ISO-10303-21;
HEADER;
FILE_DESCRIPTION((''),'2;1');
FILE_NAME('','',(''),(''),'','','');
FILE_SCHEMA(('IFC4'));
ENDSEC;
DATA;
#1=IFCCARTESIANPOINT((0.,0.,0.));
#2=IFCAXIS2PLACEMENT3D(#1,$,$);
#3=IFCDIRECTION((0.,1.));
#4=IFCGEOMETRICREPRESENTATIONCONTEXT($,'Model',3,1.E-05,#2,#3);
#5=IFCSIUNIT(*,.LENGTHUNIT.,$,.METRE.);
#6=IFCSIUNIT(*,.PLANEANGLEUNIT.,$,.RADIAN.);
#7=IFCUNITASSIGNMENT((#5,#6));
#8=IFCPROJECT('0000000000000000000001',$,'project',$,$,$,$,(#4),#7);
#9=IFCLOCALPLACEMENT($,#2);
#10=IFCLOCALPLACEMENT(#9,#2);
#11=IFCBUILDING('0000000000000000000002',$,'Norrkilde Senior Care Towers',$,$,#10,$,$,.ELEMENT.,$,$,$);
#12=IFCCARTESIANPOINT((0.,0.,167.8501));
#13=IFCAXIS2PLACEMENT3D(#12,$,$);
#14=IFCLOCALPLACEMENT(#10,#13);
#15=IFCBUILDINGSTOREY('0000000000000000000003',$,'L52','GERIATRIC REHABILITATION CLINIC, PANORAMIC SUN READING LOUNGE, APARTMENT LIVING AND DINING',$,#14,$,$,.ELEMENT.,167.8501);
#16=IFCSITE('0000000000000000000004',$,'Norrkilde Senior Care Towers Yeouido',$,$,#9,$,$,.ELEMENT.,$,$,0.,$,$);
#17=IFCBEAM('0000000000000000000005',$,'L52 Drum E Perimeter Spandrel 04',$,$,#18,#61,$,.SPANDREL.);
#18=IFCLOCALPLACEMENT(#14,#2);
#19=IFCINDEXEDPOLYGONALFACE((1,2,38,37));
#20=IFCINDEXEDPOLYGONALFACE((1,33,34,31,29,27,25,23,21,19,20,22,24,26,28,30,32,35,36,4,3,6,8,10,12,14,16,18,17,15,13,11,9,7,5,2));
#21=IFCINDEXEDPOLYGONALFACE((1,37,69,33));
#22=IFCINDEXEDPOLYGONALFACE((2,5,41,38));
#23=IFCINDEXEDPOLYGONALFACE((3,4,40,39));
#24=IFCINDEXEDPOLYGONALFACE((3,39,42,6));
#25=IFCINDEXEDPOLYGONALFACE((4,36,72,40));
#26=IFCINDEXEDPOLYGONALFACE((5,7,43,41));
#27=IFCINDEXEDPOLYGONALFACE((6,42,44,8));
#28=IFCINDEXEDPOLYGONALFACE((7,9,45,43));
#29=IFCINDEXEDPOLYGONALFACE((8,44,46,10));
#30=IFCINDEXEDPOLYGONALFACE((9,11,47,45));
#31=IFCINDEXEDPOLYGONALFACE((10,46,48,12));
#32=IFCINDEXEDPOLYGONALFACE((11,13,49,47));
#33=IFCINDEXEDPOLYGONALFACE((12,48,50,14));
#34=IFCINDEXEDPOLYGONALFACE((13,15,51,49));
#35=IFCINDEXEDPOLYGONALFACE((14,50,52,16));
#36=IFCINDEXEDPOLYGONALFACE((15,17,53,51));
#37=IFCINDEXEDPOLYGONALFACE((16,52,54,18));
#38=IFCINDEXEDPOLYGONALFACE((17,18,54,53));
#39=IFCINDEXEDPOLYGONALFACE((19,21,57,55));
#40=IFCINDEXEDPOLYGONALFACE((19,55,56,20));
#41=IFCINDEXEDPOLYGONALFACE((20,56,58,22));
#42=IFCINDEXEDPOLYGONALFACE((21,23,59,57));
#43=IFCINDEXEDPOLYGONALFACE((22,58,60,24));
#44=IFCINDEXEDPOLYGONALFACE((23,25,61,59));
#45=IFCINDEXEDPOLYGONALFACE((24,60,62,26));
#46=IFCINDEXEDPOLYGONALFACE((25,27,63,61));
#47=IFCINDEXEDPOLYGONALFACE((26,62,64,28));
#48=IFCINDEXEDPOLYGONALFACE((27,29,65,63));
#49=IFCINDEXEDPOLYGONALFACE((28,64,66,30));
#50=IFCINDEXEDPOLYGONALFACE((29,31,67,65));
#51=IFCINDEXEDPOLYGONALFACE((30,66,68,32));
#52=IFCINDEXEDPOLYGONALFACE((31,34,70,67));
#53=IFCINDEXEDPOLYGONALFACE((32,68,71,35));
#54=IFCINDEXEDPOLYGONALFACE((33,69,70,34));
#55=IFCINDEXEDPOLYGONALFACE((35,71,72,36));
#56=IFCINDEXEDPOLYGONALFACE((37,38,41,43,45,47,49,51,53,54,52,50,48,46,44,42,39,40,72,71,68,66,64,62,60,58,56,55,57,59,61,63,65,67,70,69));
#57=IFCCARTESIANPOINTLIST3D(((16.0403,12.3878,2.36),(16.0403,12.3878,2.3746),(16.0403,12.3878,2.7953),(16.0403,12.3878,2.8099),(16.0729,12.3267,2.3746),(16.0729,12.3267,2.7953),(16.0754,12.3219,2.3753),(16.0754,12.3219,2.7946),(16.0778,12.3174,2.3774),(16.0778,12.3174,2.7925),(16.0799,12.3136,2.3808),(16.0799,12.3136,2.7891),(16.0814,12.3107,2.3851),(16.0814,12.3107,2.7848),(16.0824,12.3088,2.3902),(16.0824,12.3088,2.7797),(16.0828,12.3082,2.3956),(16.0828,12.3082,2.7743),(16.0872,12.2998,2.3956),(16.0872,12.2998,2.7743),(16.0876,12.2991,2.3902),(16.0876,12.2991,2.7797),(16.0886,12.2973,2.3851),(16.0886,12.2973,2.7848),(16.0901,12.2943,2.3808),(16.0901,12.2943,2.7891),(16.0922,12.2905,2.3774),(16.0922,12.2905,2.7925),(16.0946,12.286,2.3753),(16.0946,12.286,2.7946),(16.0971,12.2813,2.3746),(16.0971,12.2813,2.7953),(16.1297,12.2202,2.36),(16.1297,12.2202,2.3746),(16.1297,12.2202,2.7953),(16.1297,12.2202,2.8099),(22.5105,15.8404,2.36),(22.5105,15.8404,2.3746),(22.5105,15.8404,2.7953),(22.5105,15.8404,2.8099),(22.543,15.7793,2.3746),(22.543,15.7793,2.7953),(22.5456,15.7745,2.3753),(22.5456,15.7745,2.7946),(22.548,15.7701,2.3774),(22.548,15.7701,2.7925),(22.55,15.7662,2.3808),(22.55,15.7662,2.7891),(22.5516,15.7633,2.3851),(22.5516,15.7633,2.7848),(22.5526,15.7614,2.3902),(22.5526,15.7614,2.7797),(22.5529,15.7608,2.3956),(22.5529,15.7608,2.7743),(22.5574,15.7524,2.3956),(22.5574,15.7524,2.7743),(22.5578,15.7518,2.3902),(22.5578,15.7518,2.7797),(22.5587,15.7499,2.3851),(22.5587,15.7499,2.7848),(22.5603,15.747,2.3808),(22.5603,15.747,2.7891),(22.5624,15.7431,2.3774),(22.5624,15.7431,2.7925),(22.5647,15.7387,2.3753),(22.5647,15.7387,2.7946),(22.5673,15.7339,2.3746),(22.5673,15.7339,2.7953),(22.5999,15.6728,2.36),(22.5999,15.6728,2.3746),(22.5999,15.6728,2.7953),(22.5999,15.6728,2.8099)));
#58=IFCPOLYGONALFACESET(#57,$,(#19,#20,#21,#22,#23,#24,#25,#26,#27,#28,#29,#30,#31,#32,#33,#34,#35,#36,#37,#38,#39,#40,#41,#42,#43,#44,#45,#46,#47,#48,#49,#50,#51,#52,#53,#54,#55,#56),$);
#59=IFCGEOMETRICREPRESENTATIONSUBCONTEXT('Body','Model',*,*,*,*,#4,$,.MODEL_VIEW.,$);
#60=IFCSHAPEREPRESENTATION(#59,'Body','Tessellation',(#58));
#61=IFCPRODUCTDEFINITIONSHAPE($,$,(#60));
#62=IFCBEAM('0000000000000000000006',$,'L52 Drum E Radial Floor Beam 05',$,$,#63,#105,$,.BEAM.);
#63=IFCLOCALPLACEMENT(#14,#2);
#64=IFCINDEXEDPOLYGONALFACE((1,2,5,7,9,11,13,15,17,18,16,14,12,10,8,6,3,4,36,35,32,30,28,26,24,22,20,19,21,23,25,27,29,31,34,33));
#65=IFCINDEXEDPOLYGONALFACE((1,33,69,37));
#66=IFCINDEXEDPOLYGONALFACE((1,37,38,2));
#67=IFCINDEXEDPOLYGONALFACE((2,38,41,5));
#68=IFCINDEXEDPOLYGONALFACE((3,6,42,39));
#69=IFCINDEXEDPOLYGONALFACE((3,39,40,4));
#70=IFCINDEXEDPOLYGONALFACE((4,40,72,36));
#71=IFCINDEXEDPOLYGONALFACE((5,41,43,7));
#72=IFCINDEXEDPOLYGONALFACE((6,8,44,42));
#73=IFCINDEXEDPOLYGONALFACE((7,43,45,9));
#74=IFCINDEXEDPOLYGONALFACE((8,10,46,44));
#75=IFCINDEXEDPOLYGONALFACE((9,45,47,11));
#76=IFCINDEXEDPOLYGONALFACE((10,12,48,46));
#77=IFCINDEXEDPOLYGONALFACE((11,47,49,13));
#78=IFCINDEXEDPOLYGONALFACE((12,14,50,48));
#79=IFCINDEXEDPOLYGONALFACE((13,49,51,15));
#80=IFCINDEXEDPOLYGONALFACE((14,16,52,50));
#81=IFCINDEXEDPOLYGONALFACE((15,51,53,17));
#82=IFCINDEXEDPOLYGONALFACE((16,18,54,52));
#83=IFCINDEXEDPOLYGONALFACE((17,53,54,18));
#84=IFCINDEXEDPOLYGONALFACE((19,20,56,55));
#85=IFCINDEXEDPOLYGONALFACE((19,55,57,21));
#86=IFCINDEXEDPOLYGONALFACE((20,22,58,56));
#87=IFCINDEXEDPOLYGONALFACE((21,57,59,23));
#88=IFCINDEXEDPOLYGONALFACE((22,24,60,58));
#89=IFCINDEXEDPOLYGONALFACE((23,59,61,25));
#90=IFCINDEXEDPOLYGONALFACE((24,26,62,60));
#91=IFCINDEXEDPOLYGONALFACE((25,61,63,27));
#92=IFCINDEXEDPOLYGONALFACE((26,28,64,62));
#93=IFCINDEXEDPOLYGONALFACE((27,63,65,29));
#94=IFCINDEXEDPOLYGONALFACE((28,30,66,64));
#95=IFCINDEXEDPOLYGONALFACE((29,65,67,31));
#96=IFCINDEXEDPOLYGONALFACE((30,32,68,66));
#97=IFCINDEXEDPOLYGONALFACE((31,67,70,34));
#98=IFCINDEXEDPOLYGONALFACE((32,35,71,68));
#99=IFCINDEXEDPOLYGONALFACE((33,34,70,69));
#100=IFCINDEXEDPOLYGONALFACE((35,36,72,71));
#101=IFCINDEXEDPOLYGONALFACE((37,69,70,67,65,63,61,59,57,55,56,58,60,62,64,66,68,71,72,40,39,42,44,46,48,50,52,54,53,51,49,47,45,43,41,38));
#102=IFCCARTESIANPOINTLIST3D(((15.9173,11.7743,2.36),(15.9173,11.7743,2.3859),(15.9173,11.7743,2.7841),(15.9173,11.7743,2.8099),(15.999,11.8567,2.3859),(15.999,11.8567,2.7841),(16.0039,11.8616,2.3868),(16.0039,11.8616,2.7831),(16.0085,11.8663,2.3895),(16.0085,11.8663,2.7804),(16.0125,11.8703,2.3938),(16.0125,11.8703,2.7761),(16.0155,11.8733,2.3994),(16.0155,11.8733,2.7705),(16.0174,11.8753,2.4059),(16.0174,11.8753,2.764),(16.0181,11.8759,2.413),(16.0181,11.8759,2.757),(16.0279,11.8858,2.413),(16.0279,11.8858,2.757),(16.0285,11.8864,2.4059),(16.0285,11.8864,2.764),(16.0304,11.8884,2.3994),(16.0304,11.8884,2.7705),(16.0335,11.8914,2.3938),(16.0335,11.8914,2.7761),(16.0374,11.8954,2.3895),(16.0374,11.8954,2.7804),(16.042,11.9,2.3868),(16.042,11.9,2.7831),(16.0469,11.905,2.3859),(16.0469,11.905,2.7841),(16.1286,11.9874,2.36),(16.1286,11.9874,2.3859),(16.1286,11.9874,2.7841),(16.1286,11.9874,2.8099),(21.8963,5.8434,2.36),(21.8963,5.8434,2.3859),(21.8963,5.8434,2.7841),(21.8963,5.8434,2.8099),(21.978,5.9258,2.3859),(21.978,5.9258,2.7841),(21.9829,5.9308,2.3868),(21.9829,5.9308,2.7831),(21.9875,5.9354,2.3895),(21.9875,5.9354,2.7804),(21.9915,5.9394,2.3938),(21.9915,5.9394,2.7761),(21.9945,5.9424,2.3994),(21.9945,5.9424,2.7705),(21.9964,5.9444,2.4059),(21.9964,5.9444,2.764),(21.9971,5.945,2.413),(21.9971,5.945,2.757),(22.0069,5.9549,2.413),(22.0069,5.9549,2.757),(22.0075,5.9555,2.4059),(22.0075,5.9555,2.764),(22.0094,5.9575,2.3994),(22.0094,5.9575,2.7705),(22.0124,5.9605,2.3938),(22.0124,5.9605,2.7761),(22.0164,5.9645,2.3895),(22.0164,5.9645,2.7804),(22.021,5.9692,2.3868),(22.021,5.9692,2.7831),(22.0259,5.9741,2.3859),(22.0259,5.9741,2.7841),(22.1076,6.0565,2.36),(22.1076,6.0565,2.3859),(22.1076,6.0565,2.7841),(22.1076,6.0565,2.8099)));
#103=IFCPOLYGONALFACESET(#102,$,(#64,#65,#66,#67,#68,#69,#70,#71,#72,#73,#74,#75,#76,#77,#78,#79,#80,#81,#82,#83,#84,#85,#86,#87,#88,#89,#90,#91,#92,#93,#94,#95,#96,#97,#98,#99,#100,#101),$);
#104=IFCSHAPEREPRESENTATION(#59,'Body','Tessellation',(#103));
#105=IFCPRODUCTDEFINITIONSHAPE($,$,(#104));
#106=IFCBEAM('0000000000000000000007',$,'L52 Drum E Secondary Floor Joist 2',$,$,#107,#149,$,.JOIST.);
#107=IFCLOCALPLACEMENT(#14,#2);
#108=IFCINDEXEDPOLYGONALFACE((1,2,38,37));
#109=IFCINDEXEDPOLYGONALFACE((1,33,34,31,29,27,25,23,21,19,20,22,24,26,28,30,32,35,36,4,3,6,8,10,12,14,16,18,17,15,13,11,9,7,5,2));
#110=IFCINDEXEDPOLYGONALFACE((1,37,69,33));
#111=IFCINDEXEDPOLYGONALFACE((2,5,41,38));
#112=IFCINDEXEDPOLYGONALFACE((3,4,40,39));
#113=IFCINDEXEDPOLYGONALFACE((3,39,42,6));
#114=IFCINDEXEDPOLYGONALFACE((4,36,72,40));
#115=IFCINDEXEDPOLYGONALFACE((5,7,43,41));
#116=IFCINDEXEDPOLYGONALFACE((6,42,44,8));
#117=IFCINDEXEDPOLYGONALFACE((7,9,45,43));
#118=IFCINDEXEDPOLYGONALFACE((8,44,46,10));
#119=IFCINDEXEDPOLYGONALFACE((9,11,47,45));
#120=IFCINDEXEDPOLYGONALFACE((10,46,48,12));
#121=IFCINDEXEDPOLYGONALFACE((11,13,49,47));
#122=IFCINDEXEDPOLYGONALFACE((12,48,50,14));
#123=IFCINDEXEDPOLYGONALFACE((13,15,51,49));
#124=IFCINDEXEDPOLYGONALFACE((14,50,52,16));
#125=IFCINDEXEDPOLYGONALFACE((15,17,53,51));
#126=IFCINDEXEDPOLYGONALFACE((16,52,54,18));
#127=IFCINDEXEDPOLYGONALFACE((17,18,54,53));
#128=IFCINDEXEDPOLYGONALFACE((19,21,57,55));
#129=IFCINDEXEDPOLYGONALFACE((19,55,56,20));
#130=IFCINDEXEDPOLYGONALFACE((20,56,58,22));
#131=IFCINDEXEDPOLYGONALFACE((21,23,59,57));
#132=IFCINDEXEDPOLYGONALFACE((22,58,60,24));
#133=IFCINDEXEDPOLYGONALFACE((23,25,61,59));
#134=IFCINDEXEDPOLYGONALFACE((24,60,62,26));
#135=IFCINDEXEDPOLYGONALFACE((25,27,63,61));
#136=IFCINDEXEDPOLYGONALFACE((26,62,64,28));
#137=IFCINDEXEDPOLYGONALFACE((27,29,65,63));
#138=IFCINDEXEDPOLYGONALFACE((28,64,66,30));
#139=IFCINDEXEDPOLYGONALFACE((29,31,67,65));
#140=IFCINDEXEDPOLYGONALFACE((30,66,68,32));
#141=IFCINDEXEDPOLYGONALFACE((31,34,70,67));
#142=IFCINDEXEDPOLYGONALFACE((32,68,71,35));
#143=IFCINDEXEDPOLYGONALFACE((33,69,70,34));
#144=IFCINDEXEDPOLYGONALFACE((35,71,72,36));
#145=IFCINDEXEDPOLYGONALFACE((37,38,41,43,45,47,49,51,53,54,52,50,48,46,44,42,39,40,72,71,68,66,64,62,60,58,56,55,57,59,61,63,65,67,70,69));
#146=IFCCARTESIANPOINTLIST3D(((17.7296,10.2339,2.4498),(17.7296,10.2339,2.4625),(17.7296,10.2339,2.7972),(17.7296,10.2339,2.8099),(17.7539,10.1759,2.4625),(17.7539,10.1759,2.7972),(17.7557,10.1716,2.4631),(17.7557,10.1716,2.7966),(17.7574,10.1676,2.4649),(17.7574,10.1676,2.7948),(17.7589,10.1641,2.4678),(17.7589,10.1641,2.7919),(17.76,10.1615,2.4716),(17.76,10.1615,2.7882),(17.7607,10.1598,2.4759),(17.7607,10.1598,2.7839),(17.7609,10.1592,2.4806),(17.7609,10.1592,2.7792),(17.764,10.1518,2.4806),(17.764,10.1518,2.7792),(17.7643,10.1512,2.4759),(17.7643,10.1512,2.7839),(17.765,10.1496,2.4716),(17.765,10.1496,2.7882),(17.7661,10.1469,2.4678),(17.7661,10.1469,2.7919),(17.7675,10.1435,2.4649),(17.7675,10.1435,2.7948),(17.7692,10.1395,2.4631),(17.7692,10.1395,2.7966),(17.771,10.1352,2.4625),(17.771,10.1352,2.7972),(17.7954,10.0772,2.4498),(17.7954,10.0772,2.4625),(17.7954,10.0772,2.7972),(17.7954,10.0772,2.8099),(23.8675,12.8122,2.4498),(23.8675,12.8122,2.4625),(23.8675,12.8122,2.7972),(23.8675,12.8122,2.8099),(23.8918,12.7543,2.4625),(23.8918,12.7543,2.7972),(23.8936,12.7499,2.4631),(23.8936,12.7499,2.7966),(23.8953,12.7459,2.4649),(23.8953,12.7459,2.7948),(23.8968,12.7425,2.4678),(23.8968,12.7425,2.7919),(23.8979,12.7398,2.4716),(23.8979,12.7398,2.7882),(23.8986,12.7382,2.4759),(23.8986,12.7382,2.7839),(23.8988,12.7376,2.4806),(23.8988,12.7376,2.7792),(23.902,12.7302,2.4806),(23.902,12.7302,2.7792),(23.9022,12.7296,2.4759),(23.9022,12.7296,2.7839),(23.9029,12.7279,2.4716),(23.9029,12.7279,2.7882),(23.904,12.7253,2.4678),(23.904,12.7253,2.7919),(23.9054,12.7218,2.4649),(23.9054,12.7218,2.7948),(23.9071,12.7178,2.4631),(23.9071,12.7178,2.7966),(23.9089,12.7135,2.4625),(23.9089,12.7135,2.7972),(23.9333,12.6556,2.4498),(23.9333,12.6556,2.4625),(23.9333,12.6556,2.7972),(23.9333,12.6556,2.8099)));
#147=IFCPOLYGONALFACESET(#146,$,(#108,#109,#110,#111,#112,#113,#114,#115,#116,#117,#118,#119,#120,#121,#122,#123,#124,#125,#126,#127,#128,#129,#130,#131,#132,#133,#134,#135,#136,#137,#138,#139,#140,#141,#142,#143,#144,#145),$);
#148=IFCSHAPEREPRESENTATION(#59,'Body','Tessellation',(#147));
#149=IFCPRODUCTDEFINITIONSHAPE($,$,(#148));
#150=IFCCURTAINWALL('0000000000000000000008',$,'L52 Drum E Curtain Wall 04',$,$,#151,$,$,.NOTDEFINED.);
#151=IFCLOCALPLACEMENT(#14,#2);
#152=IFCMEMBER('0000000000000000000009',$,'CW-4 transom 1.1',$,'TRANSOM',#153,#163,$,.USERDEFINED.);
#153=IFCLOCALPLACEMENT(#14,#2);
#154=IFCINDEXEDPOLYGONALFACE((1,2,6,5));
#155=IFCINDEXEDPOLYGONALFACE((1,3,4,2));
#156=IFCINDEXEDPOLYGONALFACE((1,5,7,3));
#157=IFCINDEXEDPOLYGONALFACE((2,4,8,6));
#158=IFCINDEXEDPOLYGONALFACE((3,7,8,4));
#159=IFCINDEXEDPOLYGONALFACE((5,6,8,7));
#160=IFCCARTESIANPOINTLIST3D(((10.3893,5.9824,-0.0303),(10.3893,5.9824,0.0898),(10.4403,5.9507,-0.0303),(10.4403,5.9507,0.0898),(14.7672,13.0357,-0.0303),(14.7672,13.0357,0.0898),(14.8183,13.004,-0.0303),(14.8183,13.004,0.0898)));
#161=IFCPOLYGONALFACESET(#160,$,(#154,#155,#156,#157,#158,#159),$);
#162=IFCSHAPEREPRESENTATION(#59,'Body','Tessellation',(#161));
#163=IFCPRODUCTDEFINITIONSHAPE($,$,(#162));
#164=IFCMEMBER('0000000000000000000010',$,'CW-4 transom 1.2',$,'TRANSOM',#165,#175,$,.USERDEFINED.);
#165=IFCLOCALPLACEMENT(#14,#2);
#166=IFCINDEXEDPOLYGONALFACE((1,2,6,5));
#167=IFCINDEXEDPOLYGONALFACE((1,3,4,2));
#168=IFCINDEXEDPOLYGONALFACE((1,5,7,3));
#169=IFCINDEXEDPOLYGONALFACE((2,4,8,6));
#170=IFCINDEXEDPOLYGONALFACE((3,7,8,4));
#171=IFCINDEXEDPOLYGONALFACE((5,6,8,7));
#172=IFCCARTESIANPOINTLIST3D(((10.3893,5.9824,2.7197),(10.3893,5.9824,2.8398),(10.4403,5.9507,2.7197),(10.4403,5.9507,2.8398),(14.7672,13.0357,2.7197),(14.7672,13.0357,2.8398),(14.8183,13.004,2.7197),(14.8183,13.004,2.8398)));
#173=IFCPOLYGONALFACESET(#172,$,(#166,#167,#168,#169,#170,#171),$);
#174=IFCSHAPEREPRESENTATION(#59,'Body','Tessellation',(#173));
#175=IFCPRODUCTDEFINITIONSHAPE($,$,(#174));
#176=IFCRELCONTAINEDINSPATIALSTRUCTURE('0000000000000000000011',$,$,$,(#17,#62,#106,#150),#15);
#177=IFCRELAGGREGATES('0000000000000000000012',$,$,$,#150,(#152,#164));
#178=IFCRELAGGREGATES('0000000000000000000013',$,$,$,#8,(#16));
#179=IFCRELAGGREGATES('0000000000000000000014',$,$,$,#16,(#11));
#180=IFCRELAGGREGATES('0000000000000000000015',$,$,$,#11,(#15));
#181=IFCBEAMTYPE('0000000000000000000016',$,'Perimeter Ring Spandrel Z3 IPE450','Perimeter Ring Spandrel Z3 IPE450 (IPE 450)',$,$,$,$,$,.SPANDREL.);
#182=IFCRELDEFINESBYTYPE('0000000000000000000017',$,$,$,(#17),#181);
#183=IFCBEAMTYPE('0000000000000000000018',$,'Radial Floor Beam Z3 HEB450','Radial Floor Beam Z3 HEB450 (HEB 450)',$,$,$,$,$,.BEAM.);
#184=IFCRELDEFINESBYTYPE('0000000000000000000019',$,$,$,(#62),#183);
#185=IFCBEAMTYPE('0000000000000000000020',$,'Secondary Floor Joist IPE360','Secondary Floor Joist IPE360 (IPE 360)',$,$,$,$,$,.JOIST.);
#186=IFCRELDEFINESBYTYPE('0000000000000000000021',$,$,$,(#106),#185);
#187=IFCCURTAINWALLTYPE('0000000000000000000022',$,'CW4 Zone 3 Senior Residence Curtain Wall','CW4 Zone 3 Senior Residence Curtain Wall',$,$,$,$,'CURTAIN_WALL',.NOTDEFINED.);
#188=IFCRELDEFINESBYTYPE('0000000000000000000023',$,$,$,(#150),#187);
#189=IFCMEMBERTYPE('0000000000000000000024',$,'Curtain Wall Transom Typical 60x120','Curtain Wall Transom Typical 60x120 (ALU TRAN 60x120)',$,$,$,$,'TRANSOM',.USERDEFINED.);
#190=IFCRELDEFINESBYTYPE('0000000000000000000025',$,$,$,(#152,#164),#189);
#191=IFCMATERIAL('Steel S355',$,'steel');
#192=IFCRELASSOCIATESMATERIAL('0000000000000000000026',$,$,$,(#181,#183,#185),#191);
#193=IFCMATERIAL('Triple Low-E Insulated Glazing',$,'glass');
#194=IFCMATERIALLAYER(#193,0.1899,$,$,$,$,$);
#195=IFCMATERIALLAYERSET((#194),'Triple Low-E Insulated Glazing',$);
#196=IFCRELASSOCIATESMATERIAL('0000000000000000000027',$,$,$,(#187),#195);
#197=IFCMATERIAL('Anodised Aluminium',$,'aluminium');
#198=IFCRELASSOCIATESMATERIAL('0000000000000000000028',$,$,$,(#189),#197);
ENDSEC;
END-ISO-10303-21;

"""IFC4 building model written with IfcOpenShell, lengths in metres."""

from ifc_helpers import new_model, si_unit, direction, frame, origin, origin_2d, place, context, subcontext, project, spatial, rectangle, i_section, extrude, source, transform, mapped, material, layer, layer_set, material_profile, profile_set, type_object, type_shapes, element, aggregate, save


model = new_model("IFC4")

# Units and contexts
model_context = context("Model", 3, precision=1e-05, world=origin(), true_north=direction((0.0, 1.0)))
body_context = subcontext(model_context, "Body", "Model", "MODEL_VIEW")
ifc_project = project(units=[si_unit("LENGTHUNIT", "METRE"), si_unit("PLANEANGLEUNIT", "RADIAN")], contexts=[model_context])

# Site, building, storey
site_placement = place(None, origin())
site = spatial("IfcSite", under=ifc_project, at=site_placement, Name="Norrkilde Senior Care Towers Yeouido", CompositionType="ELEMENT", RefElevation=0.0)
building_placement = place(site_placement, origin())
building = spatial("IfcBuilding", under=site, at=building_placement, Name="Norrkilde Senior Care Towers", CompositionType="ELEMENT")
storey_placement = place(building_placement, frame((0.0, 0.0, 167.8501)))
storey = spatial("IfcBuildingStorey", under=building, at=storey_placement, Name="L52", Description="GERIATRIC REHABILITATION CLINIC, PANORAMIC SUN READING LOUNGE, APARTMENT LIVING AND DINING", CompositionType="ELEMENT", Elevation=167.8501)

# Beams
ifc_material_1 = material(Name="Steel S355", Category="steel")
ifc_material_profile_1 = material_profile(ifc_material_1, i_section(OverallWidth=0.1899, OverallDepth=0.45, WebThickness=0.0095, FlangeThickness=0.0146, FilletRadius=0.021, at=origin_2d()), Name="IPE 450")
ifc_profile_set_1 = profile_set([ifc_material_profile_1], Name="Steel S355")
beam_type_1 = type_object("IfcBeamType", Name="Perimeter Ring Spandrel Z3 IPE450", Description="Perimeter Ring Spandrel Z3 IPE450 (IPE 450)", PredefinedType="SPANDREL", material=ifc_profile_set_1)
shared_shape_1 = source(origin(), body_context, "Body", "SweptSolid", [
    extrude(i_section(OverallWidth=0.1899, OverallDepth=0.45, WebThickness=0.0095, FlangeThickness=0.0146, FilletRadius=0.021, at=origin_2d()), origin(), (0.0, 0.0, 1.0), 7.3337),
])
beam_1_placement = place(storey_placement, frame((22.5552, 15.7566, 2.585), z_axis=(-0.882248, -0.470785, 0.0), x_axis=(0.470785, -0.882248, 0.0)))
element("IfcBeam", 1, at=beam_1_placement, inside=storey, type_object=beam_type_1, Name="L52 Drum E Perimeter Spandrel 04", PredefinedType="SPANDREL", context=body_context, shape_type="MappedRepresentation", body=[
    mapped(shared_shape_1, transform((0.0, 0.0, 0.0), x_axis=(1.0, 0.0, 0.0), y_axis=(0.0, 1.0, 0.0), z_axis=(0.0, 0.0, 1.0), scale=1.0)),
])
ifc_material_profile_2 = material_profile(ifc_material_1, i_section(OverallWidth=0.3, OverallDepth=0.45, WebThickness=0.0139, FlangeThickness=0.0259, FilletRadius=0.0271, at=origin_2d()), Name="HEB 450")
ifc_profile_set_2 = profile_set([ifc_material_profile_2], Name="Steel S355")
beam_type_2 = type_object("IfcBeamType", Name="Radial Floor Beam Z3 HEB450", Description="Radial Floor Beam Z3 HEB450 (HEB 450)", PredefinedType="BEAM", material=ifc_profile_set_2)
shared_shape_2 = source(origin(), body_context, "Body", "SweptSolid", [
    extrude(i_section(OverallWidth=0.3, OverallDepth=0.45, WebThickness=0.0139, FlangeThickness=0.0259, FilletRadius=0.0271, at=origin_2d()), origin(), (0.0, 0.0, 1.0), 8.4216),
])
type_shapes(beam_type_2, [shared_shape_2])
beam_2_placement = place(storey_placement, frame((22.002, 5.95, 2.585), z_axis=(-0.709956, 0.704246, 0.0), x_axis=(-0.704246, -0.709956, 0.0)))
element("IfcBeam", 2, at=beam_2_placement, inside=storey, type_object=beam_type_2, Name="L52 Drum E Radial Floor Beam 05", PredefinedType="BEAM", context=body_context, shape_type="MappedRepresentation", body=[
    mapped(shared_shape_2, transform((0.0, 0.0, 0.0), x_axis=(1.0, 0.0, 0.0), y_axis=(0.0, 1.0, 0.0), z_axis=(0.0, 0.0, 1.0), scale=1.0)),
])
ifc_material_profile_3 = material_profile(ifc_material_1, i_section(OverallWidth=0.1699, OverallDepth=0.3601, WebThickness=0.0081, FlangeThickness=0.0127, FilletRadius=0.0181, at=origin_2d()), Name="IPE 360")
ifc_profile_set_3 = profile_set([ifc_material_profile_3], Name="Steel S355")
beam_type_3 = type_object("IfcBeamType", Name="Secondary Floor Joist IPE360", Description="Secondary Floor Joist IPE360 (IPE 360)", PredefinedType="JOIST", material=ifc_profile_set_3)
shared_shape_3 = source(origin(), body_context, "Body", "SweptSolid", [
    extrude(i_section(OverallWidth=0.1699, OverallDepth=0.3601, WebThickness=0.0081, FlangeThickness=0.0127, FilletRadius=0.0181, at=origin_2d()), origin(), (0.0, 0.0, 1.0), 6.6575),
])
type_shapes(beam_type_3, [shared_shape_3])
beam_3_placement = place(storey_placement, frame((23.9004, 12.7339, 2.6299), z_axis=(-0.921959, -0.387288, 0.0), x_axis=(0.387288, -0.921959, 0.0)))
element("IfcBeam", 3, at=beam_3_placement, inside=storey, type_object=beam_type_3, Name="L52 Drum E Secondary Floor Joist 2", PredefinedType="JOIST", context=body_context, shape_type="MappedRepresentation", body=[
    mapped(shared_shape_3, transform((0.0, 0.0, 0.0), x_axis=(1.0, 0.0, 0.0), y_axis=(0.0, 1.0, 0.0), z_axis=(0.0, 0.0, 1.0), scale=1.0)),
])

# Curtain wall, members
ifc_material_2 = material(Name="Triple Low-E Insulated Glazing", Category="glass")
ifc_layer_1 = layer(ifc_material_2, 0.1899)
ifc_layer_set_1 = layer_set([ifc_layer_1], Name="Triple Low-E Insulated Glazing")
curtain_wall_type = type_object("IfcCurtainWallType", Name="CW4 Zone 3 Senior Residence Curtain Wall", Description="CW4 Zone 3 Senior Residence Curtain Wall", ElementType="CURTAIN_WALL", PredefinedType="NOTDEFINED", material=ifc_layer_set_1)
curtain_wall_1_placement = place(storey_placement, origin())
curtain_wall_1 = element("IfcCurtainWall", 4, at=curtain_wall_1_placement, inside=storey, type_object=curtain_wall_type, Name="L52 Drum E Curtain Wall 04", PredefinedType="NOTDEFINED")
ifc_material_3 = material(Name="Anodised Aluminium", Category="aluminium")
ifc_material_profile_4 = material_profile(ifc_material_3, rectangle(XDim=0.0601, YDim=0.1201, at=origin_2d()), Name="ALU TRAN 60x120")
ifc_profile_set_4 = profile_set([ifc_material_profile_4], Name="Anodised Aluminium")
member_type_1 = type_object("IfcMemberType", Name="Curtain Wall Transom Typical 60x120", Description="Curtain Wall Transom Typical 60x120 (ALU TRAN 60x120)", ElementType="TRANSOM", PredefinedType="USERDEFINED", material=ifc_profile_set_4)
shared_shape_4 = source(origin(), body_context, "Body", "SweptSolid", [
    extrude(rectangle(XDim=0.0601, YDim=0.1201, at=origin_2d()), origin(), (0.0, 0.0, 1.0), 8.3015),
])
member_1_placement = place(storey_placement, frame((10.4148, 5.9666, 0.0298), z_axis=(0.527369, 0.849637, 0.0), x_axis=(-0.849637, 0.527369, 0.0)))
member_1 = element("IfcMember", 5, at=member_1_placement, type_object=member_type_1, Name="CW-4 transom 1.1", ObjectType="TRANSOM", PredefinedType="USERDEFINED", context=body_context, shape_type="MappedRepresentation", body=[
    mapped(shared_shape_4, transform((0.0, 0.0, 0.0), x_axis=(1.0, 0.0, 0.0), y_axis=(0.0, 1.0, 0.0), z_axis=(0.0, 0.0, 1.0), scale=1.0)),
])
member_2_placement = place(storey_placement, frame((10.4148, 5.9666, 2.7798), z_axis=(0.527369, 0.849637, 0.0), x_axis=(-0.849637, 0.527369, 0.0)))
member_2 = element("IfcMember", 6, at=member_2_placement, type_object=member_type_1, Name="CW-4 transom 1.2", ObjectType="TRANSOM", PredefinedType="USERDEFINED", context=body_context, shape_type="MappedRepresentation", body=[
    mapped(shared_shape_4, transform((0.0, 0.0, 0.0), x_axis=(1.0, 0.0, 0.0), y_axis=(0.0, 1.0, 0.0), z_axis=(0.0, 0.0, 1.0), scale=1.0)),
])

aggregate(curtain_wall_1, [member_1, member_2])

save(model, "model.ifc")
